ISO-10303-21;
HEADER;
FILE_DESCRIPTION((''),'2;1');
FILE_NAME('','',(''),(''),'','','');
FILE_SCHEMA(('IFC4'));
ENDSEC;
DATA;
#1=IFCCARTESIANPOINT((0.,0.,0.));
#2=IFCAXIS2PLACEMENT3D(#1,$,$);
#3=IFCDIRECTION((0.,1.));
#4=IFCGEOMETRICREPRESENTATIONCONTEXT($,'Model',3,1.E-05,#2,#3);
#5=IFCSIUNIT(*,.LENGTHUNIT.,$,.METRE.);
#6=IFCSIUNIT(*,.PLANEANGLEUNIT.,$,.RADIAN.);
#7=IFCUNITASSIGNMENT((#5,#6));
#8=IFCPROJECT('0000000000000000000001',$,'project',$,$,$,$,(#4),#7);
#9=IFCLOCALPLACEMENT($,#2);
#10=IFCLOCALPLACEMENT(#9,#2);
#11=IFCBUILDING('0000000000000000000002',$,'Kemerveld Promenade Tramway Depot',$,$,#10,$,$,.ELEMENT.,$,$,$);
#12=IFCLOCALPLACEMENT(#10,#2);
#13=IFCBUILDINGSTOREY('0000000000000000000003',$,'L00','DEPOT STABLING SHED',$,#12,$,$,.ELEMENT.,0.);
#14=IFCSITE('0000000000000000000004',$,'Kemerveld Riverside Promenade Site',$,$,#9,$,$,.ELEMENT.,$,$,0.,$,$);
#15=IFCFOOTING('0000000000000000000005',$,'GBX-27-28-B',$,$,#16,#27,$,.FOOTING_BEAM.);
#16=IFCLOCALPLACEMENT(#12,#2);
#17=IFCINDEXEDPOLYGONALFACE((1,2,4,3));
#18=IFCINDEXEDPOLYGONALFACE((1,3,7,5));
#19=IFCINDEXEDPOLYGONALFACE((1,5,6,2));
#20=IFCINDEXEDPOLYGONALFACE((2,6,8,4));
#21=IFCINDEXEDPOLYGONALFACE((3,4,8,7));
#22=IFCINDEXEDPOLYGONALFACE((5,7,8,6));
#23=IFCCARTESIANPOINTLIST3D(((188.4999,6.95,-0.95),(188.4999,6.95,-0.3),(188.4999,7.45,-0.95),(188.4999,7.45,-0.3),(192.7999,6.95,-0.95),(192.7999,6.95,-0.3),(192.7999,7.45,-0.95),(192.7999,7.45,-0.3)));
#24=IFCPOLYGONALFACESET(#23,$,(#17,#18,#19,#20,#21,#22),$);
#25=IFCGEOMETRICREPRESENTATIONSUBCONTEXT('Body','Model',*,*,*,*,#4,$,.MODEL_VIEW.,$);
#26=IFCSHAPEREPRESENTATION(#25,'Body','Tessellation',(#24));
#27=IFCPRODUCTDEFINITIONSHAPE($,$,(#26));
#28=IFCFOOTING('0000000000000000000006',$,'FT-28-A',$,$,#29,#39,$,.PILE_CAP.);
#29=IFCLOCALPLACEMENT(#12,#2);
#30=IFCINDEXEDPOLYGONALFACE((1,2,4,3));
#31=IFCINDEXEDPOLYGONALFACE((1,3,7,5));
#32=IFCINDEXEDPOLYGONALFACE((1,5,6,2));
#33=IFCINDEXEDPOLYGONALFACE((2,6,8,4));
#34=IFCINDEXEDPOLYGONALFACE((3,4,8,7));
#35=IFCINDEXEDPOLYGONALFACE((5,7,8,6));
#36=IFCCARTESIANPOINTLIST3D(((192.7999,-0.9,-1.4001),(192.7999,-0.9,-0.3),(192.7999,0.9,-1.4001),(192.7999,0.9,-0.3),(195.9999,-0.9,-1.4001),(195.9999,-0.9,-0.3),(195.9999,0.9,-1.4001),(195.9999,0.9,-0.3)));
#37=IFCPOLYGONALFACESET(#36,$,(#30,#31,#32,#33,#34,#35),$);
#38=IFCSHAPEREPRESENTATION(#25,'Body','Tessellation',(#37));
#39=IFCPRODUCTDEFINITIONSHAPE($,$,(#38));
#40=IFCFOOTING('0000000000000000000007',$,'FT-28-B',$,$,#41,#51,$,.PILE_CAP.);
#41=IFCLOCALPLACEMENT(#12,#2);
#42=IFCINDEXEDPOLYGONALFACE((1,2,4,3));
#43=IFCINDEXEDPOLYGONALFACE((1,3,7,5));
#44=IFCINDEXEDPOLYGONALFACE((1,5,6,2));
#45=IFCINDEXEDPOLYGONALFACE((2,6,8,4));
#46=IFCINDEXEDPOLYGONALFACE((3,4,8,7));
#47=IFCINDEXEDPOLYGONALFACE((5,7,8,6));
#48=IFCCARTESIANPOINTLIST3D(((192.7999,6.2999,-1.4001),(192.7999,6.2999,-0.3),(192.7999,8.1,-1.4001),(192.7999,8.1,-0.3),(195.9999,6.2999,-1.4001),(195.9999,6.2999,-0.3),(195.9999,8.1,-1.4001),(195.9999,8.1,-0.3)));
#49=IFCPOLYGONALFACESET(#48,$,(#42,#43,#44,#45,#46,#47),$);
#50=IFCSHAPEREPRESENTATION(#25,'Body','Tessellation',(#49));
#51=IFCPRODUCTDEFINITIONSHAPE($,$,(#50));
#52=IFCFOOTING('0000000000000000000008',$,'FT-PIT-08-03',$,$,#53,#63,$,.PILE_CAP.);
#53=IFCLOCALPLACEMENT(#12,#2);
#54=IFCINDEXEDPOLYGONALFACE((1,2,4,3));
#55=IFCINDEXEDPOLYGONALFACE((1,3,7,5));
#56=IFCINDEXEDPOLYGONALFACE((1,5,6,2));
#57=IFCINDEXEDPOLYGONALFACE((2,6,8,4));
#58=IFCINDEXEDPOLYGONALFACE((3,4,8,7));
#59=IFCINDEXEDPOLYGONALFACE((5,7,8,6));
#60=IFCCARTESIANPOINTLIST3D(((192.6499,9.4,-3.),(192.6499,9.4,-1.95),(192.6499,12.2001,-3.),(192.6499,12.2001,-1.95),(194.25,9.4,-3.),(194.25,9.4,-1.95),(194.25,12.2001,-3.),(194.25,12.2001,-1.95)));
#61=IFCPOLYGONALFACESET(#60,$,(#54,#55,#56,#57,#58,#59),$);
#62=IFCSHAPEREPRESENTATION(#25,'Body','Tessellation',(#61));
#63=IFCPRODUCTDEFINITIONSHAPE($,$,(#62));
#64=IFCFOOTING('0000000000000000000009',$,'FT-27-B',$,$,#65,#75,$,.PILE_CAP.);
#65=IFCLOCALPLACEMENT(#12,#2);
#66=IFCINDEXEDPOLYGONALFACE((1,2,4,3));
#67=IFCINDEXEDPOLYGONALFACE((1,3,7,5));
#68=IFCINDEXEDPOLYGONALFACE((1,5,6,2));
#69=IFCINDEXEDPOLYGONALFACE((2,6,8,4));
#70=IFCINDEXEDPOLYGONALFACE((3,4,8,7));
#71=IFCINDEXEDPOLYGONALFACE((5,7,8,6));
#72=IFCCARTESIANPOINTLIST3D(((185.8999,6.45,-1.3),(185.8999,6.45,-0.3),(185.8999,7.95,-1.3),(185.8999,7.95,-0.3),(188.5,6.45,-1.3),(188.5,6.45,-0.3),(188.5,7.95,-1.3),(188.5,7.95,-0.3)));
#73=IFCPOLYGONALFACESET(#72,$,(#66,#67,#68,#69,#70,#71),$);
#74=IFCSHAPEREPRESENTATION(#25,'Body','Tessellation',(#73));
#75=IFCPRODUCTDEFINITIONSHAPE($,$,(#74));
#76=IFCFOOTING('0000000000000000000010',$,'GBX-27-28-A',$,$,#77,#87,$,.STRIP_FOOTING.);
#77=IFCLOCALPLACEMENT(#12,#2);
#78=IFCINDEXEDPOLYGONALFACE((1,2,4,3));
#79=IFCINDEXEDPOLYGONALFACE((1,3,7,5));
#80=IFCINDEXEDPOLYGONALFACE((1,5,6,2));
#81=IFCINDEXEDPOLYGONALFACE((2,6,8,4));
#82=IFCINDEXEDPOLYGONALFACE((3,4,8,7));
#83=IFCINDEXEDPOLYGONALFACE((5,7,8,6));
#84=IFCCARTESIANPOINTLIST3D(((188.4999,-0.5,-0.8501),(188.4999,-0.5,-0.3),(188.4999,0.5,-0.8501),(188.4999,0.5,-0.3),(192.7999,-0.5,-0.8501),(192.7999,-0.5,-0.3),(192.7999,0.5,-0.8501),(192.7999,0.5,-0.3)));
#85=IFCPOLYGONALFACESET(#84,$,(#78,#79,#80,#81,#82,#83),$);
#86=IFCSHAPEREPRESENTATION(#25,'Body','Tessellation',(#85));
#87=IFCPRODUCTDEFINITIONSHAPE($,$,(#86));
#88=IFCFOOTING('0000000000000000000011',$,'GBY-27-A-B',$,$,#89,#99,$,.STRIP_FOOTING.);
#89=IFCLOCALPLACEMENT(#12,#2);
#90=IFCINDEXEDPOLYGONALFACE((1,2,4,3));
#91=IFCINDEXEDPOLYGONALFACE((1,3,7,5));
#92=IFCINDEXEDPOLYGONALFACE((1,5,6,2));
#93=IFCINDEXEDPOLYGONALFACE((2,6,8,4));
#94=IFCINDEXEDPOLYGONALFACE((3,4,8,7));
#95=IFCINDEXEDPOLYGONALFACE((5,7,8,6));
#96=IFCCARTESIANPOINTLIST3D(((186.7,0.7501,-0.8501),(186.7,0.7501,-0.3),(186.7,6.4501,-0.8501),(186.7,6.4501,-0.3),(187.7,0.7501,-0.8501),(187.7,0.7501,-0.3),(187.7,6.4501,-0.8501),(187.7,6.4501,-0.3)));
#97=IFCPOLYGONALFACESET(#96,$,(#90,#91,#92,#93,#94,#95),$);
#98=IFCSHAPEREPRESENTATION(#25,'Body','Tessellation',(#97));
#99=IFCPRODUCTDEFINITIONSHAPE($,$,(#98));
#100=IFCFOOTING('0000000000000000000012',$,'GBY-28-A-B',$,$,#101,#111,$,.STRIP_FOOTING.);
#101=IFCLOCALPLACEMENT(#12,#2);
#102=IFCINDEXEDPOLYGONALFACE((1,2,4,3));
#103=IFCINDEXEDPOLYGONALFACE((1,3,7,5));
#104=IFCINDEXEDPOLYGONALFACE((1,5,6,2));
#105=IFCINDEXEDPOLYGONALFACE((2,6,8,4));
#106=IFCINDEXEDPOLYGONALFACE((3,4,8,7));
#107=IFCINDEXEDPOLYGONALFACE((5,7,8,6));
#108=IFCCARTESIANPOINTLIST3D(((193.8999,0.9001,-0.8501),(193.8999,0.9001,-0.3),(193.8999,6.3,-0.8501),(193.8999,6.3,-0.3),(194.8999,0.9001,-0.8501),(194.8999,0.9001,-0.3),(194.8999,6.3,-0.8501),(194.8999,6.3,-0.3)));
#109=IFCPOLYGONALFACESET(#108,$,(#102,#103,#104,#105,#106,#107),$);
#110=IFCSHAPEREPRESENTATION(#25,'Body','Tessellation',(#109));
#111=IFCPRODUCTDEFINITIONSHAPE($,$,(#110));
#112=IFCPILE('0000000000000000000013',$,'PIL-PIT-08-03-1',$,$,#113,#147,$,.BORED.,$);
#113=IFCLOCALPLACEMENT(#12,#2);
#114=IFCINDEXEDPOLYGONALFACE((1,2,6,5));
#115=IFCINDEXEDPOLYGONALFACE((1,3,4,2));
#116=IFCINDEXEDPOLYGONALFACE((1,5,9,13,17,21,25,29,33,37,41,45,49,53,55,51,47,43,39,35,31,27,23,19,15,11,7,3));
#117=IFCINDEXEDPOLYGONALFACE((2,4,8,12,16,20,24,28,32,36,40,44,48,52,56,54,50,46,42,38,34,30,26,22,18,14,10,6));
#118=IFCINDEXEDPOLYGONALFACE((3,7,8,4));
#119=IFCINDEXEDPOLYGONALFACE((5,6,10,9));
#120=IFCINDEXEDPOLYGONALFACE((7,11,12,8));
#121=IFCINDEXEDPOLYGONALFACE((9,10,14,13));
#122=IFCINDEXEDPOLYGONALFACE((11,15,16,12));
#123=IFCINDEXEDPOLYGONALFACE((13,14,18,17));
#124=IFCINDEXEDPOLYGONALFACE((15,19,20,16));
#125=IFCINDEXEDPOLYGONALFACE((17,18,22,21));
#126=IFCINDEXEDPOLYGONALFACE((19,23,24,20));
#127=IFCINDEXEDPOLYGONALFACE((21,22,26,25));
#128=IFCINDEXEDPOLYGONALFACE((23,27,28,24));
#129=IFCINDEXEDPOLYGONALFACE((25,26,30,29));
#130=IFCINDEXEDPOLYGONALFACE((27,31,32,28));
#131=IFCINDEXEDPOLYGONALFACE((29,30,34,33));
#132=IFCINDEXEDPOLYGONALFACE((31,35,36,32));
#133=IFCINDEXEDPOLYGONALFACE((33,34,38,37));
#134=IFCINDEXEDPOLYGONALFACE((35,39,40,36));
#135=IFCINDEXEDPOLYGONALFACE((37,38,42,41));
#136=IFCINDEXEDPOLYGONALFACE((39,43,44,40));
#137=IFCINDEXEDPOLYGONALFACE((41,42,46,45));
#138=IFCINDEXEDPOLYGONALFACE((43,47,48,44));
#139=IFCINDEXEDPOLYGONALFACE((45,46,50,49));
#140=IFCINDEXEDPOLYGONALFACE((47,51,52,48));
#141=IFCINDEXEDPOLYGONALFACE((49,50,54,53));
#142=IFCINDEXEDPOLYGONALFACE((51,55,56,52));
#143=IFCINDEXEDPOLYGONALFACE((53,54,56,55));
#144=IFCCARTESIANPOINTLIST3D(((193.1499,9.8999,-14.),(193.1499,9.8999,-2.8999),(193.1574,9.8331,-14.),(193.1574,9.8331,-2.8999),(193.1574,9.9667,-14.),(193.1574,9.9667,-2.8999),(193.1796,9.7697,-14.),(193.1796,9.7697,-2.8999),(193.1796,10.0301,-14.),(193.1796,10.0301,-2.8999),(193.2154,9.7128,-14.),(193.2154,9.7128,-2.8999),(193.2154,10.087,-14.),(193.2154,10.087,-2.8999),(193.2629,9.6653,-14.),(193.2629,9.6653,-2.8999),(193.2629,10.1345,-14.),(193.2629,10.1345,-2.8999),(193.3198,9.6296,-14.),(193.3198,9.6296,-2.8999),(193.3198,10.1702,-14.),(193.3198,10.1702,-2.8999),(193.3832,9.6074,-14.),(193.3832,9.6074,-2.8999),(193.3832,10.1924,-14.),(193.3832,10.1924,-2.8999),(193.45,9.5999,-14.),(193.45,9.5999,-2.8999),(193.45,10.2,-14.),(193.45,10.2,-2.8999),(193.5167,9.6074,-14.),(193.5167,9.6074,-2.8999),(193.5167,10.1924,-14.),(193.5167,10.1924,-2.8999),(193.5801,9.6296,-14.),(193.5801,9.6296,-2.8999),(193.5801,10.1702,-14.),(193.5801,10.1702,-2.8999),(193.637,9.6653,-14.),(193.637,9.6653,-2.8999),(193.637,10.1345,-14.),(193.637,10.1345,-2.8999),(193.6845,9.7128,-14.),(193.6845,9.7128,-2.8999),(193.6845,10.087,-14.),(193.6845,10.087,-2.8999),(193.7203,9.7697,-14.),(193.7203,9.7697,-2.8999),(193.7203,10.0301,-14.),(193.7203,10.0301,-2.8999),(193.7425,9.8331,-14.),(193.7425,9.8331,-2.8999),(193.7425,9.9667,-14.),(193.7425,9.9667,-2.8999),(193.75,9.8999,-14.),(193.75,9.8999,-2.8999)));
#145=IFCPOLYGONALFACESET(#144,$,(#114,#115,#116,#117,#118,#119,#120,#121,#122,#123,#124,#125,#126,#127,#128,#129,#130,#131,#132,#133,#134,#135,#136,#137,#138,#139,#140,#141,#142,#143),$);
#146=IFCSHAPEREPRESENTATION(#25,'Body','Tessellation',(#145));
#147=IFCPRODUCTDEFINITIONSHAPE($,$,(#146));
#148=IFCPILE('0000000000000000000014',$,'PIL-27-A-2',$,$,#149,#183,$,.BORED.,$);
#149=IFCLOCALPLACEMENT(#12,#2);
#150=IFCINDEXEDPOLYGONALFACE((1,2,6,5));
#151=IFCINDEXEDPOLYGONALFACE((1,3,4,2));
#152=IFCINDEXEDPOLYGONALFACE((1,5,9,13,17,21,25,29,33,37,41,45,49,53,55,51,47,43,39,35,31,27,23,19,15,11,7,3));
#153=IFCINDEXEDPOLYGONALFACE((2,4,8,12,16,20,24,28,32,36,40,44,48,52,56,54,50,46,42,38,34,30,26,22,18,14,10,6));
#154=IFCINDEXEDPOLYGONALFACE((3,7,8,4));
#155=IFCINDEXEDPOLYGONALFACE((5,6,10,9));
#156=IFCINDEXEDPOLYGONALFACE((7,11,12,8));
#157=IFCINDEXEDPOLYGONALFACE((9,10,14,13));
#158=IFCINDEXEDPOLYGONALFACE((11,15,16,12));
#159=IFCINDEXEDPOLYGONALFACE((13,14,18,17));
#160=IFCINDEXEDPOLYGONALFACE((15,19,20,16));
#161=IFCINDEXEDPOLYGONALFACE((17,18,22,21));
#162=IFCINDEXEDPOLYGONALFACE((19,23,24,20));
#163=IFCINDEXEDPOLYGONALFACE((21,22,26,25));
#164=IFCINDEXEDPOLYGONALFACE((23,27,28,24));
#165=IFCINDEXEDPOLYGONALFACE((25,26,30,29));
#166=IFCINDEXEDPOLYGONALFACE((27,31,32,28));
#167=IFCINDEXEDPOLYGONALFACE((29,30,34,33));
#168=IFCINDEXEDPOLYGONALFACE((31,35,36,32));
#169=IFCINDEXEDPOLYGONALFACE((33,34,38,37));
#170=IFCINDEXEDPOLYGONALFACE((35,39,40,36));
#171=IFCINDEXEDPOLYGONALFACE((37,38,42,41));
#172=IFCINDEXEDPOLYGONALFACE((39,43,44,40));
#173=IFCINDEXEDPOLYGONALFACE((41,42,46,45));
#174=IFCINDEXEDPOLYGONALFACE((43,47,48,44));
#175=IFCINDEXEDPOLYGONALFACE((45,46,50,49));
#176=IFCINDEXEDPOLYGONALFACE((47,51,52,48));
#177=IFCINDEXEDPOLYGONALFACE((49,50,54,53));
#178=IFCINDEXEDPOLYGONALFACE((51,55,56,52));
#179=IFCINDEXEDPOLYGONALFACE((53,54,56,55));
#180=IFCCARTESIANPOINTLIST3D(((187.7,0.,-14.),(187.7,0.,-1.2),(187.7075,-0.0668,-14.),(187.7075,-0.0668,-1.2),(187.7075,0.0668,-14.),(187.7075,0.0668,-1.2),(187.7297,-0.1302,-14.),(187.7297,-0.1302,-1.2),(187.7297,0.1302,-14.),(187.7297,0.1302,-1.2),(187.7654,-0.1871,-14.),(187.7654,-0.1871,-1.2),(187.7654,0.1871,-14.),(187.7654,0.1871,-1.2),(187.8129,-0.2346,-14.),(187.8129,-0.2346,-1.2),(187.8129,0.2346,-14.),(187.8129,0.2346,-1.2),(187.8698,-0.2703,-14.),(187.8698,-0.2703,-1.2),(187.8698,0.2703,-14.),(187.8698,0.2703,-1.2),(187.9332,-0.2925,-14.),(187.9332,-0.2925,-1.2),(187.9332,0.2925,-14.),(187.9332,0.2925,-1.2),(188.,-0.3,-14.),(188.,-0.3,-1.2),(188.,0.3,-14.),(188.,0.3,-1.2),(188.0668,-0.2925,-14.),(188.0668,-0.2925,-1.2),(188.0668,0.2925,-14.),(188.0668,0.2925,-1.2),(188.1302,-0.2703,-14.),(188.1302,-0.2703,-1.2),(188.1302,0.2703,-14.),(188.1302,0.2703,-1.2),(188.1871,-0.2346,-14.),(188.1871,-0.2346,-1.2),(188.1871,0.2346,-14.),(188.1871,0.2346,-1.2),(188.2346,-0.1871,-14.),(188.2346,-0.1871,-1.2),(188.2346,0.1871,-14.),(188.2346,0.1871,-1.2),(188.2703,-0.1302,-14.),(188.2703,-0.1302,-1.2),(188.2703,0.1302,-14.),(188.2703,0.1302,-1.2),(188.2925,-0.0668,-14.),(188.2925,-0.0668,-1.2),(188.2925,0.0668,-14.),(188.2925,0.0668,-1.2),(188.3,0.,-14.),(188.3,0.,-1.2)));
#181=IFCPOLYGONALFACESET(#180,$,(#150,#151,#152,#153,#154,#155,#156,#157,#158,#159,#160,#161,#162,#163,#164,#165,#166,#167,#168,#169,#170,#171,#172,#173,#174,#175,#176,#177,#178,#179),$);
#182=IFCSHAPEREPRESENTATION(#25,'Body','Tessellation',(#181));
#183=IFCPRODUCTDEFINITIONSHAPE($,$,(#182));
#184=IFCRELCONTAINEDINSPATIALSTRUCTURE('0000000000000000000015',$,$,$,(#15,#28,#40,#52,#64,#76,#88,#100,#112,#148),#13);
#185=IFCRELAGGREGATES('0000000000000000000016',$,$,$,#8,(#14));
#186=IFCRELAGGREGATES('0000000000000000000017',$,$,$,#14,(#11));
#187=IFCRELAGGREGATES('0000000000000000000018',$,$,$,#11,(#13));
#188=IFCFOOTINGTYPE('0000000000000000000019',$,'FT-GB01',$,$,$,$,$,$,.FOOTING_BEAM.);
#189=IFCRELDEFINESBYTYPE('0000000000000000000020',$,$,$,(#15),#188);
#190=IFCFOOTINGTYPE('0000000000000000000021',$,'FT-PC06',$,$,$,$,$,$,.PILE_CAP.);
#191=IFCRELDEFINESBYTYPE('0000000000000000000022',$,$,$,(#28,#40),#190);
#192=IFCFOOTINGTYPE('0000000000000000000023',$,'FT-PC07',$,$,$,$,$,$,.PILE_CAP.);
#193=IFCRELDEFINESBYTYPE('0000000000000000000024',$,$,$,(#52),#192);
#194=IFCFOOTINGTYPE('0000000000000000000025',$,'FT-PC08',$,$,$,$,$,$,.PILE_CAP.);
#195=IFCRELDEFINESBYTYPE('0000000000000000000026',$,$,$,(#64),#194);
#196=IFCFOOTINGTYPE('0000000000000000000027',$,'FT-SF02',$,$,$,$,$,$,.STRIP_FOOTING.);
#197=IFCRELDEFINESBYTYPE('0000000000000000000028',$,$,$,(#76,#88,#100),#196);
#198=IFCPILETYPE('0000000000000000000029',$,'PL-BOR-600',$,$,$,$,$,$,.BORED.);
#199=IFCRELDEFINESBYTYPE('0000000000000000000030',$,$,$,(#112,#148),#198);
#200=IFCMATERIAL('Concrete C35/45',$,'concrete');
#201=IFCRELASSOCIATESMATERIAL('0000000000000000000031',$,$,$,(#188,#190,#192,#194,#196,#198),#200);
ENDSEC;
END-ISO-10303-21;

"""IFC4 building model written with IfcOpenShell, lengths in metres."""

from ifc_helpers import new_model, si_unit, direction, frame, origin, origin_2d, place, context, subcontext, project, spatial, rectangle, circle, extrude, material, material_profile, profile_set, type_object, element, save


model = new_model("IFC4")

# Units and contexts
model_context = context("Model", 3, precision=1e-05, world=origin(), true_north=direction((0.0, 1.0)))
body_context = subcontext(model_context, "Body", "Model", "MODEL_VIEW")
ifc_project = project(units=[si_unit("LENGTHUNIT", "METRE"), si_unit("PLANEANGLEUNIT", "RADIAN")], contexts=[model_context])

# Site, building, storey
site_placement = place(None, origin())
site = spatial("IfcSite", under=ifc_project, at=site_placement, Name="Kemerveld Riverside Promenade Site", CompositionType="ELEMENT", RefElevation=0.0)
building_placement = place(site_placement, origin())
building = spatial("IfcBuilding", under=site, at=building_placement, Name="Kemerveld Promenade Tramway Depot", CompositionType="ELEMENT")
storey_placement = place(building_placement, origin())
storey = spatial("IfcBuildingStorey", under=building, at=storey_placement, Name="L00", Description="DEPOT STABLING SHED", CompositionType="ELEMENT", Elevation=0.0)

# Footings
ifc_material_1 = material(Name="Concrete C35/45", Category="concrete")
footing_type_1 = type_object("IfcFootingType", Name="FT-GB01", PredefinedType="FOOTING_BEAM", material=ifc_material_1)
footing_1_placement = place(storey_placement, frame((190.6499, 7.2, -0.95), z_axis=(0.0, 0.0, 1.0), x_axis=(1.0, 0.0, 0.0)))
element("IfcFooting", 1, at=footing_1_placement, inside=storey, type_object=footing_type_1, Name="GBX-27-28-B", PredefinedType="FOOTING_BEAM", context=body_context, shape_type="SweptSolid", body=[
    extrude(rectangle(XDim=4.3, YDim=0.5, at=origin_2d()), origin(), (0.0, 0.0, 1.0), 0.6499),
])
footing_type_2 = type_object("IfcFootingType", Name="FT-PC06", PredefinedType="PILE_CAP", material=ifc_material_1)
for number, where, z_axis, x_axis, name in (
    (2, (194.3999, 0.0, -1.4001), (0.0, 0.0, 1.0), (1.0, 0.0, 0.0), "FT-28-A"),
    (3, (194.3999, 7.2, -1.4001), (0.0, 0.0, 1.0), (1.0, 0.0, 0.0), "FT-28-B"),
):
    element("IfcFooting", number, at=place(storey_placement, frame(where, z_axis=z_axis, x_axis=x_axis)), inside=storey, type_object=footing_type_2, Name=name, PredefinedType="PILE_CAP", context=body_context, shape_type="SweptSolid", body=[
        extrude(rectangle(XDim=3.2, YDim=1.8, at=origin_2d()), origin(), (0.0, 0.0, 1.0), 1.1001),
    ])
footing_type_3 = type_object("IfcFootingType", Name="FT-PC07", PredefinedType="PILE_CAP", material=ifc_material_1)
footing_2_placement = place(storey_placement, frame((193.45, 10.8, -3.0), z_axis=(0.0, 0.0, 1.0), x_axis=(1.0, 0.0, 0.0)))
element("IfcFooting", 4, at=footing_2_placement, inside=storey, type_object=footing_type_3, Name="FT-PIT-08-03", PredefinedType="PILE_CAP", context=body_context, shape_type="SweptSolid", body=[
    extrude(rectangle(XDim=1.6001, YDim=2.8, at=origin_2d()), origin(), (0.0, 0.0, 1.0), 1.05),
])
footing_type_4 = type_object("IfcFootingType", Name="FT-PC08", PredefinedType="PILE_CAP", material=ifc_material_1)
footing_3_placement = place(storey_placement, frame((187.2, 7.2, -1.3), z_axis=(0.0, 0.0, 1.0), x_axis=(1.0, 0.0, 0.0)))
element("IfcFooting", 5, at=footing_3_placement, inside=storey, type_object=footing_type_4, Name="FT-27-B", PredefinedType="PILE_CAP", context=body_context, shape_type="SweptSolid", body=[
    extrude(rectangle(XDim=2.6001, YDim=1.5, at=origin_2d()), origin(), (0.0, 0.0, 1.0), 1.0),
])
footing_type_5 = type_object("IfcFootingType", Name="FT-SF02", PredefinedType="STRIP_FOOTING", material=ifc_material_1)
footing_4_placement = place(storey_placement, frame((190.6499, 0.0, -0.8501), z_axis=(0.0, 0.0, 1.0), x_axis=(1.0, 0.0, 0.0)))
element("IfcFooting", 6, at=footing_4_placement, inside=storey, type_object=footing_type_5, Name="GBX-27-28-A", PredefinedType="STRIP_FOOTING", context=body_context, shape_type="SweptSolid", body=[
    extrude(rectangle(XDim=4.3, YDim=1.0, at=origin_2d()), origin(), (0.0, 0.0, 1.0), 0.55),
])
footing_5_placement = place(storey_placement, frame((187.2, 3.6001, -0.8501), z_axis=(0.0, 0.0, 1.0), x_axis=(0.0, 1.0, 0.0)))
element("IfcFooting", 7, at=footing_5_placement, inside=storey, type_object=footing_type_5, Name="GBY-27-A-B", PredefinedType="STRIP_FOOTING", context=body_context, shape_type="SweptSolid", body=[
    extrude(rectangle(XDim=5.7, YDim=1.0, at=origin_2d()), origin(), (0.0, 0.0, 1.0), 0.55),
])
footing_6_placement = place(storey_placement, frame((194.3999, 3.6001, -0.8501), z_axis=(0.0, 0.0, 1.0), x_axis=(0.0, 1.0, 0.0)))
element("IfcFooting", 8, at=footing_6_placement, inside=storey, type_object=footing_type_5, Name="GBY-28-A-B", PredefinedType="STRIP_FOOTING", context=body_context, shape_type="SweptSolid", body=[
    extrude(rectangle(XDim=5.3999, YDim=1.0, at=origin_2d()), origin(), (0.0, 0.0, 1.0), 0.55),
])

# Piles
ifc_material_profile_1 = material_profile(ifc_material_1, circle(Radius=0.3, at=origin_2d()), Name="PILE-D600")
ifc_profile_set_1 = profile_set([ifc_material_profile_1], Name="Concrete C35/45")
pile_type_1 = type_object("IfcPileType", Name="PL-BOR-600", PredefinedType="BORED", material=ifc_profile_set_1)
pile_placement = place(storey_placement, frame((193.45, 9.8999, -2.8999), z_axis=(0.0, 0.0, -1.0), x_axis=(1.0, 0.0, 0.0)))
element("IfcPile", 9, at=pile_placement, inside=storey, type_object=pile_type_1, Name="PIL-PIT-08-03-1", PredefinedType="BORED", context=body_context, shape_type="SweptSolid", body=[
    extrude(circle(Radius=0.3, at=origin_2d()), origin(), (0.0, 0.0, 1.0), 11.1001),
])
for number, where, z_axis, x_axis, name in (
    (10, (188.0, 0.0, -1.2), (0.0, 0.0, -1.0), (1.0, 0.0, 0.0), "PIL-27-A-2"),
):
    element("IfcPile", number, at=place(storey_placement, frame(where, z_axis=z_axis, x_axis=x_axis)), inside=storey, type_object=pile_type_1, Name=name, PredefinedType="BORED", context=body_context, shape_type="SweptSolid", body=[
        extrude(circle(Radius=0.3, at=origin_2d()), origin(), (0.0, 0.0, 1.0), 12.8),
    ])

save(model, "model.ifc")
